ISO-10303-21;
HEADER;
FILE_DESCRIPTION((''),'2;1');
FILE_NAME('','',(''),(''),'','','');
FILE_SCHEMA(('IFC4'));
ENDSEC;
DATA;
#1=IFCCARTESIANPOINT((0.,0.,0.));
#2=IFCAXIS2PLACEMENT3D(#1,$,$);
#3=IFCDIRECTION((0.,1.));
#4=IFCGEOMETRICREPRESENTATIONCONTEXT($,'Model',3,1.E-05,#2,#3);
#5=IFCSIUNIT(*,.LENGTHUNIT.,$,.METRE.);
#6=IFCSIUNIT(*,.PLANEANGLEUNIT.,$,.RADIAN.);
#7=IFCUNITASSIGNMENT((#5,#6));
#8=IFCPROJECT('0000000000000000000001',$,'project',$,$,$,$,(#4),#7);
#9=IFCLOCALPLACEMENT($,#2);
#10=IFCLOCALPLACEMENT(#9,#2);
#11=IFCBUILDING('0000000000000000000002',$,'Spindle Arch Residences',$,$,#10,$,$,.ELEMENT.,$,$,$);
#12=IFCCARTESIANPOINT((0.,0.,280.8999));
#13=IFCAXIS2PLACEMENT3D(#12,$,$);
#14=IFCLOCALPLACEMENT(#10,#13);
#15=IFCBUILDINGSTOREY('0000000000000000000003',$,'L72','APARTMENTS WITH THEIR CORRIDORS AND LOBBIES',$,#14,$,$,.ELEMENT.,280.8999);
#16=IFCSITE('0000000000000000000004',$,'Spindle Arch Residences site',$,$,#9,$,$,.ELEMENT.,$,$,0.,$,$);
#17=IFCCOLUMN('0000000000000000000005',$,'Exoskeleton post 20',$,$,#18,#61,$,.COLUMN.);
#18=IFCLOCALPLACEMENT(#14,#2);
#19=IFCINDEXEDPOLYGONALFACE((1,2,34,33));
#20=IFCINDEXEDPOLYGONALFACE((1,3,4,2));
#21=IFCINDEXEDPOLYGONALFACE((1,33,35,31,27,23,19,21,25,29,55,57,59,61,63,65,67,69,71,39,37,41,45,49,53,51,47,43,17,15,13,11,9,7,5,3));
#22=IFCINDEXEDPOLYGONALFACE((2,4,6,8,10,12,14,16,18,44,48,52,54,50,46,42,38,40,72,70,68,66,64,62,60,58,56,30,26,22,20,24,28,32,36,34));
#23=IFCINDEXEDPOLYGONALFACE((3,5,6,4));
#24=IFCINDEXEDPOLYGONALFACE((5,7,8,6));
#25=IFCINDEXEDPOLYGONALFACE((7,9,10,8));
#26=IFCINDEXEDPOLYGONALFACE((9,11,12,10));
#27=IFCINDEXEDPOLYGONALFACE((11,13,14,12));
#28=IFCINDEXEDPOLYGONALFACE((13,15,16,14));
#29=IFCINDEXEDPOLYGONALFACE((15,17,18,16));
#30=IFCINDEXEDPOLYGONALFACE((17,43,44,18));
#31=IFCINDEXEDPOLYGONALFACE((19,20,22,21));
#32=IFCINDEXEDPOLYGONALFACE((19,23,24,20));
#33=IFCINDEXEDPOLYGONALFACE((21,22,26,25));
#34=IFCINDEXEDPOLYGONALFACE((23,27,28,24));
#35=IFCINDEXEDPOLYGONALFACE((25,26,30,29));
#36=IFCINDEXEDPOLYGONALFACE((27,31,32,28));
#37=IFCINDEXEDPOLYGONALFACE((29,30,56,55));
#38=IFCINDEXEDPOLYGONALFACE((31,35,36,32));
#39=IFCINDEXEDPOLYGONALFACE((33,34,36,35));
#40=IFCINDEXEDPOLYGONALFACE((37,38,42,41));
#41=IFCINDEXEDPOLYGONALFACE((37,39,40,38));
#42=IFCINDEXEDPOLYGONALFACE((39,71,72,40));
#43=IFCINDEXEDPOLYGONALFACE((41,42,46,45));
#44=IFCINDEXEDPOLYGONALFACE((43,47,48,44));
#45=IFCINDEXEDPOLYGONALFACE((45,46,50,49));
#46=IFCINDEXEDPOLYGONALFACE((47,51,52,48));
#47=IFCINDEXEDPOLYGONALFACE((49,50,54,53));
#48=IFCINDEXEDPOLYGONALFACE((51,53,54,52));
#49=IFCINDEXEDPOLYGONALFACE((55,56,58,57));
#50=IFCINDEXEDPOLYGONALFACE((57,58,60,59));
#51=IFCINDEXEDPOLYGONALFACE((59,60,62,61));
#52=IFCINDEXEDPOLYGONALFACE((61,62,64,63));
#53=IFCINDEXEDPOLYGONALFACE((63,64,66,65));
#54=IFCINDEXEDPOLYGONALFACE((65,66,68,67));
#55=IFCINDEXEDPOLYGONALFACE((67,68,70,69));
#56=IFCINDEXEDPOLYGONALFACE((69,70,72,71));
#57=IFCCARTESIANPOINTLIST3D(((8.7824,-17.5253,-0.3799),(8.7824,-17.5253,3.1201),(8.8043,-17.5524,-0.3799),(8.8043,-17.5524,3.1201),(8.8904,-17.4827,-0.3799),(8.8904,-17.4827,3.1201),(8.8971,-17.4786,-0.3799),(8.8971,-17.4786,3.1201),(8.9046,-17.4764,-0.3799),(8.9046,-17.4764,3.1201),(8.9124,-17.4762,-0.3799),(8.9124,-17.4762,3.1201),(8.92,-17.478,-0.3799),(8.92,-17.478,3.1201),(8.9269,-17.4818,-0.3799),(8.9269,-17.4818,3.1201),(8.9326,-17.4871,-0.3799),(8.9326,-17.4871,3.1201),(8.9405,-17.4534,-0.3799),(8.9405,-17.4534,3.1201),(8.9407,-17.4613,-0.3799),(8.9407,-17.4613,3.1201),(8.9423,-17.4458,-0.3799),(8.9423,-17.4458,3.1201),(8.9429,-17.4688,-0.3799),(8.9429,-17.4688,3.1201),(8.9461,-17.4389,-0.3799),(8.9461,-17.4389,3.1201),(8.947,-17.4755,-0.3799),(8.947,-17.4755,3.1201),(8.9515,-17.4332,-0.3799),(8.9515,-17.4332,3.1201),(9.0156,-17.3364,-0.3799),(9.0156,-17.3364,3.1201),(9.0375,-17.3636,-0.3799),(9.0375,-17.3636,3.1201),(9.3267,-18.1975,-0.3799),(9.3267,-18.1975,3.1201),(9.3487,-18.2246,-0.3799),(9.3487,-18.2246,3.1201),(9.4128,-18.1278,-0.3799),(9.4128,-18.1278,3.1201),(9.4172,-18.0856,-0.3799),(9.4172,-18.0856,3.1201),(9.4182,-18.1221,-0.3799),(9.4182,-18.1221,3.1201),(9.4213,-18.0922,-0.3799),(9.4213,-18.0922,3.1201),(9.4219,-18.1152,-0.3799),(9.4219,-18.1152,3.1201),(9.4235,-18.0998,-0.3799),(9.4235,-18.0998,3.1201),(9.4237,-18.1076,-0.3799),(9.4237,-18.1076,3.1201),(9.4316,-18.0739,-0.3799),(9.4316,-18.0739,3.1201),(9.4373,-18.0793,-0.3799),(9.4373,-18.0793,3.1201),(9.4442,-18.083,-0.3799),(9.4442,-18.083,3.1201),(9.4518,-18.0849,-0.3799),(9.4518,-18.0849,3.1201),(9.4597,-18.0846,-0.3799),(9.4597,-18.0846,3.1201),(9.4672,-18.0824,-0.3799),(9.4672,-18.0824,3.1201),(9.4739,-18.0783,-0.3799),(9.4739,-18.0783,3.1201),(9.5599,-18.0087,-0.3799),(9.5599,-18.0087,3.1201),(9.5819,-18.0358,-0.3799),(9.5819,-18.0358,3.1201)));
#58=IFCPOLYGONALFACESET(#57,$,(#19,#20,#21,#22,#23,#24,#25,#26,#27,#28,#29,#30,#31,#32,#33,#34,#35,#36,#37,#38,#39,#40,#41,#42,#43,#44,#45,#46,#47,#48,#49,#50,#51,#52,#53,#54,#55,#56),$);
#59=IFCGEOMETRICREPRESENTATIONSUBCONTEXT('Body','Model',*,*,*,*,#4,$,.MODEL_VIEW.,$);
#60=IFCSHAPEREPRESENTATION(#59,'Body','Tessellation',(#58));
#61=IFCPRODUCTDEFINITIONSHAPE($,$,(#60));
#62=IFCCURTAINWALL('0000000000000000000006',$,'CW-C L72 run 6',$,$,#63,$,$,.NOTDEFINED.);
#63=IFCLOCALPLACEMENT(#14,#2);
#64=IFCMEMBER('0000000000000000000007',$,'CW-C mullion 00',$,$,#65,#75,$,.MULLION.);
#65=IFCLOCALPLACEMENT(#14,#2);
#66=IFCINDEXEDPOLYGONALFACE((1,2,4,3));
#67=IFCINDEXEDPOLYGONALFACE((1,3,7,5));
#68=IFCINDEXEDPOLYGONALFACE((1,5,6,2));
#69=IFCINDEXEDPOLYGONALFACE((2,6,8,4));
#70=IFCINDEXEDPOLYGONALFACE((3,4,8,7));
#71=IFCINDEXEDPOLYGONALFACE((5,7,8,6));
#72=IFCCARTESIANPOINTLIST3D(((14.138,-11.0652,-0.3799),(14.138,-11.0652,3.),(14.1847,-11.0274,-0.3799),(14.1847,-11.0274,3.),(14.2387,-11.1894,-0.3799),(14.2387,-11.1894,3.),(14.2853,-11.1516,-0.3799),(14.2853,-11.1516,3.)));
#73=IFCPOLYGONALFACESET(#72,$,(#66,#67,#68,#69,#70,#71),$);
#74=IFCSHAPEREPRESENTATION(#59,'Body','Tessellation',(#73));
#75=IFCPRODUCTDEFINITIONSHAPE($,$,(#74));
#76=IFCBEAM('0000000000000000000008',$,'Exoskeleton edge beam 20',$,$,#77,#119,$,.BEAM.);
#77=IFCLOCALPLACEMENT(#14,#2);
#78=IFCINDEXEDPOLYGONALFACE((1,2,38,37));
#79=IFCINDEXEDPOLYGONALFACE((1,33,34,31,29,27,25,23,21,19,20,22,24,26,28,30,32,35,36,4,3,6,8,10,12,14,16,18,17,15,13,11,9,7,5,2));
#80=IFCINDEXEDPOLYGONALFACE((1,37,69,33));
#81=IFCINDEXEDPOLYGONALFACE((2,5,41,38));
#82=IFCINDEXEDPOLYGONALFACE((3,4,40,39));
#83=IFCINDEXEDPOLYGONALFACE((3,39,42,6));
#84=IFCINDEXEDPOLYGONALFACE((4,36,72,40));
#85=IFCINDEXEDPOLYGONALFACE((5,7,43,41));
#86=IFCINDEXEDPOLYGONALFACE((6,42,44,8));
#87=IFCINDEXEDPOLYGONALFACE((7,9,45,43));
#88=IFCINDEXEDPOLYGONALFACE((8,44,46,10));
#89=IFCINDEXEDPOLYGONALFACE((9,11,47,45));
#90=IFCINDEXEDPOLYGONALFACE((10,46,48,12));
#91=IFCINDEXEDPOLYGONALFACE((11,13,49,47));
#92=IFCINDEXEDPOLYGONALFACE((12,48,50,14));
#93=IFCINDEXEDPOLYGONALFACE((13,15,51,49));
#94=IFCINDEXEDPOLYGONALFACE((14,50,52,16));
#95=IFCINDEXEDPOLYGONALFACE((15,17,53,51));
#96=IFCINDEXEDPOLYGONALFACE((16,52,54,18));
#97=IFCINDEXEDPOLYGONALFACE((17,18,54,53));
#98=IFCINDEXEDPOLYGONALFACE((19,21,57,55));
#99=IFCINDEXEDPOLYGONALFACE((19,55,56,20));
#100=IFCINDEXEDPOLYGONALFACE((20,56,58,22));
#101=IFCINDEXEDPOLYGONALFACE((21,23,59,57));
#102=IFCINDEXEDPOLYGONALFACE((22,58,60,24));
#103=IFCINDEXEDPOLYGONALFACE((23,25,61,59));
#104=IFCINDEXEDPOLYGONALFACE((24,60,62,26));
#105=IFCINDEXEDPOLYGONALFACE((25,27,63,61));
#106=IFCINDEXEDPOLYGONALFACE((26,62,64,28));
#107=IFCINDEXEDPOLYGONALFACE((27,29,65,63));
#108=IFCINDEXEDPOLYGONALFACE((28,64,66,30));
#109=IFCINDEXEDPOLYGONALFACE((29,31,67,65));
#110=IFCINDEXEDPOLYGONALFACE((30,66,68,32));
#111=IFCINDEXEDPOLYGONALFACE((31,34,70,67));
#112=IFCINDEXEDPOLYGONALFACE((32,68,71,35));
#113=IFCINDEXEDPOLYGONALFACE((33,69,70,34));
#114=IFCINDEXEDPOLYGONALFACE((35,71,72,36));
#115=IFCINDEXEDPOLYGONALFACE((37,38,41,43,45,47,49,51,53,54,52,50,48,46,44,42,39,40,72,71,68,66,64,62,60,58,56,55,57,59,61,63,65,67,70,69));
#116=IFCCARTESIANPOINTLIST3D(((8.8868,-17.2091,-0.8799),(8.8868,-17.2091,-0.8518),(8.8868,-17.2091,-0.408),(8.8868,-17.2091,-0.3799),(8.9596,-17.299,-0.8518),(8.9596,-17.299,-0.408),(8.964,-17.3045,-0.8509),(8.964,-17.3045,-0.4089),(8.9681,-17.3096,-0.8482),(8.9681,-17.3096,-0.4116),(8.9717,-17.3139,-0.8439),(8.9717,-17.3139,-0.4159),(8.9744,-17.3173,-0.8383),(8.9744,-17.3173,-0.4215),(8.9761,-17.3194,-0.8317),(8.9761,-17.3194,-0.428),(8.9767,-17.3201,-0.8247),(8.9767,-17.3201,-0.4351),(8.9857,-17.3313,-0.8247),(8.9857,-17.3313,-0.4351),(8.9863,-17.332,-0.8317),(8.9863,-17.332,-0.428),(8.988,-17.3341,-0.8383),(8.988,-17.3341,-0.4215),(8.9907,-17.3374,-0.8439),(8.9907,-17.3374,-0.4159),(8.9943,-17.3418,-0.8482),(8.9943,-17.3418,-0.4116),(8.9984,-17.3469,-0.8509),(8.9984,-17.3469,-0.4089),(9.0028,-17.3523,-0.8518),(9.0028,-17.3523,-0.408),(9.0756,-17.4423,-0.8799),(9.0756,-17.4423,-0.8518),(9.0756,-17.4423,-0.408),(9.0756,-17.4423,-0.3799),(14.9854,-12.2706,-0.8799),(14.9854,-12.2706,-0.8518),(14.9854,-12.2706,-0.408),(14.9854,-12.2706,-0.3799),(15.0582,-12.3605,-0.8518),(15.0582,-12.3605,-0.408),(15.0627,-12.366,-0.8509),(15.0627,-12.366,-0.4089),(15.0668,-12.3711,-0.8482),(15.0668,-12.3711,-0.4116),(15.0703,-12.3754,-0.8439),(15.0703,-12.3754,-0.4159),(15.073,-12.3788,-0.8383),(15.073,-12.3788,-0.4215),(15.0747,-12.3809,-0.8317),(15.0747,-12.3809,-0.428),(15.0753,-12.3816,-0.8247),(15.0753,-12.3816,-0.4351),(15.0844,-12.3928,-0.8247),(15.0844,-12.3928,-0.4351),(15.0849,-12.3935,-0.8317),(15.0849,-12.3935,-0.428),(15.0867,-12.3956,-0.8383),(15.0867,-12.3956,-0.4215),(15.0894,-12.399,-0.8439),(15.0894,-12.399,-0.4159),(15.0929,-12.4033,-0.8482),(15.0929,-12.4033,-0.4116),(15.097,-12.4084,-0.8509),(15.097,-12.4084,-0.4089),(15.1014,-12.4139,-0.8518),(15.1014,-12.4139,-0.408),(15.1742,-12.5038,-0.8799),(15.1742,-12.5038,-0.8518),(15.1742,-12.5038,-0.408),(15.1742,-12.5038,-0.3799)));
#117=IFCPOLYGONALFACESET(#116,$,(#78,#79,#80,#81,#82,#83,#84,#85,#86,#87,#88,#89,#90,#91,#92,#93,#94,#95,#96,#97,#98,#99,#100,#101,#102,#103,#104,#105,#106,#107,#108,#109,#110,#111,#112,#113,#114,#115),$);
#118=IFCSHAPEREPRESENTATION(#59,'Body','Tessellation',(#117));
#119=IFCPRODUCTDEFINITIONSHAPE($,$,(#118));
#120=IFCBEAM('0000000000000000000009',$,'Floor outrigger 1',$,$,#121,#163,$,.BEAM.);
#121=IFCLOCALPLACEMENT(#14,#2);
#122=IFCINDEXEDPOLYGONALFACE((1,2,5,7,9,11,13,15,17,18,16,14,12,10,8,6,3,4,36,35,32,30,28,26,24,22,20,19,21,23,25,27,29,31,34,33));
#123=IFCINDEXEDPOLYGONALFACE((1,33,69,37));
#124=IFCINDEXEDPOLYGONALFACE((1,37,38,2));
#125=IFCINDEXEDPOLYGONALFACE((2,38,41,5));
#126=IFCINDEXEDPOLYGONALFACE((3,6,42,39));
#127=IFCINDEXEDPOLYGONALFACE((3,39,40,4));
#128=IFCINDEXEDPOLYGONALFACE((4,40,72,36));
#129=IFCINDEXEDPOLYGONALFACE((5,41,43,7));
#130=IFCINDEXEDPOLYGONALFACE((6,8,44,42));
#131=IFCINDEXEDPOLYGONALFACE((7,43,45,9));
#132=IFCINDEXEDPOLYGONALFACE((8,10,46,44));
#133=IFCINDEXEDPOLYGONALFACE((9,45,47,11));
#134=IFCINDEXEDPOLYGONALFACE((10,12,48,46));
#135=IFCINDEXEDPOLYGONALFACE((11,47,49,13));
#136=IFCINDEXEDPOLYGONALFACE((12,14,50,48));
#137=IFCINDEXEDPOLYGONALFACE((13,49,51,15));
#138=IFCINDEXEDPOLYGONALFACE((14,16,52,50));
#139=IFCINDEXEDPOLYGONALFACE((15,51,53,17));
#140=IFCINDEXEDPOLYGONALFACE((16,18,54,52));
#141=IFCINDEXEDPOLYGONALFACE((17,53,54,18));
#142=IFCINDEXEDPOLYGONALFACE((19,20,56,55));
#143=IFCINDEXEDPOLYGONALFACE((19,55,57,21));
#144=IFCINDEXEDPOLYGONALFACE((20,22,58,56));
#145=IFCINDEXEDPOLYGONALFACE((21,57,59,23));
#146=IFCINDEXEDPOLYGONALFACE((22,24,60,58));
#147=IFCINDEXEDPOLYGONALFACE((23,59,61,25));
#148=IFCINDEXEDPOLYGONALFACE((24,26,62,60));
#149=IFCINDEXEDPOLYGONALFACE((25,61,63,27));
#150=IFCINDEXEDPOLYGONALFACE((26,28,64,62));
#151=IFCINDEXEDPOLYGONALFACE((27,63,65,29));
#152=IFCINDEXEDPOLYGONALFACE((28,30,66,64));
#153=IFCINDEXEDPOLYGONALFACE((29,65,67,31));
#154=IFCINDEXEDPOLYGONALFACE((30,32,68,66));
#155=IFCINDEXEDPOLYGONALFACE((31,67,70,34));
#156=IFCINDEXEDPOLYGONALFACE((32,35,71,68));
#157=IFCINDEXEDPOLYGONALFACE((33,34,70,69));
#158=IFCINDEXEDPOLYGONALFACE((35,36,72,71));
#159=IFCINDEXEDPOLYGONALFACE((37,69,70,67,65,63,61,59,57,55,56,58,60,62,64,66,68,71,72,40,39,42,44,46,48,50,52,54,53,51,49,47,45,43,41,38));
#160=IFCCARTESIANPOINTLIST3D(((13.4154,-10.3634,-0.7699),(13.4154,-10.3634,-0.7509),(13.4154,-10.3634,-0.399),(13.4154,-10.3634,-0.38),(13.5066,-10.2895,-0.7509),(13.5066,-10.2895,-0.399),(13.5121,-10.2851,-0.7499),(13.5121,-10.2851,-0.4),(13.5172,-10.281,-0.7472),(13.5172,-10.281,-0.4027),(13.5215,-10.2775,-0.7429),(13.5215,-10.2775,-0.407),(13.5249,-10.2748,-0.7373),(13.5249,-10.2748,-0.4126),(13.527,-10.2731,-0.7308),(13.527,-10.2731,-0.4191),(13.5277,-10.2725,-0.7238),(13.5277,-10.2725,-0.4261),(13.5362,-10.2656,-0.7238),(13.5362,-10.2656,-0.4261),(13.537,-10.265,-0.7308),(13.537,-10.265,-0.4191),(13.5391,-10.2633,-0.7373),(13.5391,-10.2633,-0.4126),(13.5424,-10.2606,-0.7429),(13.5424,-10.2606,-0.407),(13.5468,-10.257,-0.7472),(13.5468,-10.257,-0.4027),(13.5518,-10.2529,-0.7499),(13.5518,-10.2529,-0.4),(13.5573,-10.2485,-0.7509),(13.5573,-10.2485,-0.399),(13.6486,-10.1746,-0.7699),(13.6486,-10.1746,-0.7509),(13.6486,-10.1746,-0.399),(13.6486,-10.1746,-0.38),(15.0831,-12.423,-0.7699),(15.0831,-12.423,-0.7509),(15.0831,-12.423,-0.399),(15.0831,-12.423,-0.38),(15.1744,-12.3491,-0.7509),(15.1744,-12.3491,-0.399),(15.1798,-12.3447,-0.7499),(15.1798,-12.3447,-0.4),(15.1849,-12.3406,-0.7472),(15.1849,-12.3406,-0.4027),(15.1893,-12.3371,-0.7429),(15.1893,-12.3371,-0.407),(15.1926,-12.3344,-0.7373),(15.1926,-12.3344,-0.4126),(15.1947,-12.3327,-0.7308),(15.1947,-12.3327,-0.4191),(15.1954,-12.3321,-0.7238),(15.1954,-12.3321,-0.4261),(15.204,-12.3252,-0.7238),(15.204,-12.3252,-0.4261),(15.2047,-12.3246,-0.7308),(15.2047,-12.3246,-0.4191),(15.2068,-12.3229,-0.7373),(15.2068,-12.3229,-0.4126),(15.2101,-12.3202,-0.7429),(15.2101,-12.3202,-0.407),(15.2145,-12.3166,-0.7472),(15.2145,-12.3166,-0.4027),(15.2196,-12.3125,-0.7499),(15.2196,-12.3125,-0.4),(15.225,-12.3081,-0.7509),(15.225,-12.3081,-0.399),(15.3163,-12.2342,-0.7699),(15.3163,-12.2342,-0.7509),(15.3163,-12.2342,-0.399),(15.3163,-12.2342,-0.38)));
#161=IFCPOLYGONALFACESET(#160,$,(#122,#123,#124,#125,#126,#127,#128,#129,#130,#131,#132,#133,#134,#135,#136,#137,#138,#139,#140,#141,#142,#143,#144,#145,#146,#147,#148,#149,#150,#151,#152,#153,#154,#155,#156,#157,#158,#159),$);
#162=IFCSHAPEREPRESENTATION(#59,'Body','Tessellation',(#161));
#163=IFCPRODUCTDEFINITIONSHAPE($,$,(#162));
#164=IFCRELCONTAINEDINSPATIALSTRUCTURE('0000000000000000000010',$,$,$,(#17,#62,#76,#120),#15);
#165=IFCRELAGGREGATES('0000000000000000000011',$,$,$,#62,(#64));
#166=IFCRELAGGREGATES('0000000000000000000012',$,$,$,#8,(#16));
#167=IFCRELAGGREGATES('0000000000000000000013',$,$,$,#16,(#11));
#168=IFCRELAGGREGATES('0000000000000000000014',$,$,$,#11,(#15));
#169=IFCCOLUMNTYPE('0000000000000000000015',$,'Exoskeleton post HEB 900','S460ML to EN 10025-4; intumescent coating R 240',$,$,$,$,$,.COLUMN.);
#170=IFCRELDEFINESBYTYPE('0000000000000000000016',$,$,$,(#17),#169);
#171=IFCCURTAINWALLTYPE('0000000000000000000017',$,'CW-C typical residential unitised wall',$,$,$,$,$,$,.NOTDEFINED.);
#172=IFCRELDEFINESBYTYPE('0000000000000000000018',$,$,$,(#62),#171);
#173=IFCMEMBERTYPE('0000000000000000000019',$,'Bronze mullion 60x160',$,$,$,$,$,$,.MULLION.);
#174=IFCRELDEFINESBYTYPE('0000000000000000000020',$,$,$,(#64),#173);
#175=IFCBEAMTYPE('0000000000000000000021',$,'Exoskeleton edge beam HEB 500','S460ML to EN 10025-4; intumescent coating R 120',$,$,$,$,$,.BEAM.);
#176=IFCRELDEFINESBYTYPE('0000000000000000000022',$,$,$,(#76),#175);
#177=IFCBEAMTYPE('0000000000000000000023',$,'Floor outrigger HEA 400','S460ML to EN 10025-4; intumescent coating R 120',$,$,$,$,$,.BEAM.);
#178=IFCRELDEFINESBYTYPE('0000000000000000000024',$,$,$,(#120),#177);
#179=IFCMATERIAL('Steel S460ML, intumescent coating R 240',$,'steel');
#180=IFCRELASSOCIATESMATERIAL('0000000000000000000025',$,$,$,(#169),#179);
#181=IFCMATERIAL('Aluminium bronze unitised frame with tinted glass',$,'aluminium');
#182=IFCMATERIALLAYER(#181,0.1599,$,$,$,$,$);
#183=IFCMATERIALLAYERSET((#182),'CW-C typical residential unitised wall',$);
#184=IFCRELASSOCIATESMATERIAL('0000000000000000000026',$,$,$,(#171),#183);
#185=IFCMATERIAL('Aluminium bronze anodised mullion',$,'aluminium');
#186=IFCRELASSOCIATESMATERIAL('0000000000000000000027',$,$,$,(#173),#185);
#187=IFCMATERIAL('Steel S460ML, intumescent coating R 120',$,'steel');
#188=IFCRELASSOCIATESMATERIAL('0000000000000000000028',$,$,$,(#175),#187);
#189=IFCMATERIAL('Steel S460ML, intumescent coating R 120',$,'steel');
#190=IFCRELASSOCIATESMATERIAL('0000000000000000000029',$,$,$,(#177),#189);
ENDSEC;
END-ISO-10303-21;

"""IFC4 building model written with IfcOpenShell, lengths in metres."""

from ifc_helpers import new_model, si_unit, direction, frame, origin, origin_2d, place, context, subcontext, project, spatial, rectangle, i_section, extrude, material, layer, layer_set, material_profile, profile_set, type_object, element, aggregate, save


model = new_model("IFC4")

# Units and contexts
model_context = context("Model", 3, precision=1e-05, world=origin(), true_north=direction((0.0, 1.0)))
body_context = subcontext(model_context, "Body", "Model", "MODEL_VIEW")
ifc_project = project(units=[si_unit("LENGTHUNIT", "METRE"), si_unit("PLANEANGLEUNIT", "RADIAN")], contexts=[model_context])

# Site, building, storey
site_placement = place(None, origin())
site = spatial("IfcSite", under=ifc_project, at=site_placement, Name="Spindle Arch Residences site", CompositionType="ELEMENT", RefElevation=0.0)
building_placement = place(site_placement, origin())
building = spatial("IfcBuilding", under=site, at=building_placement, Name="Spindle Arch Residences", CompositionType="ELEMENT")
storey_placement = place(building_placement, frame((0.0, 0.0, 280.8999)))
storey = spatial("IfcBuildingStorey", under=building, at=storey_placement, Name="L72", Description="APARTMENTS WITH THEIR CORRIDORS AND LOBBIES", CompositionType="ELEMENT", Elevation=280.8999)

# Column
ifc_material_1 = material(Name="Steel S460ML, intumescent coating R 240", Category="steel")
ifc_material_profile_1 = material_profile(ifc_material_1, i_section(OverallWidth=0.3, OverallDepth=0.8999, WebThickness=0.0186, FlangeThickness=0.0349, FilletRadius=0.03, at=origin_2d()), Name="HEB 900")
ifc_profile_set_1 = profile_set([ifc_material_profile_1], Name="Steel S460ML, intumescent coating R 240")
column_type = type_object("IfcColumnType", Name="Exoskeleton post HEB 900", Description="S460ML to EN 10025-4; intumescent coating R 240", PredefinedType="COLUMN", material=ifc_profile_set_1)
column_placement = place(storey_placement, frame((9.1821, -17.7805, -0.3799), z_axis=(0.0, 0.0, 1.0), x_axis=(-0.777146, -0.62932, 0.0)))
element("IfcColumn", 1, at=column_placement, inside=storey, type_object=column_type, Name="Exoskeleton post 20", PredefinedType="COLUMN", context=body_context, shape_type="SweptSolid", body=[
    extrude(i_section(OverallWidth=0.3, OverallDepth=0.8999, WebThickness=0.0186, FlangeThickness=0.0349, FilletRadius=0.03, at=origin_2d()), origin(), (0.0, 0.0, 1.0), 3.5),
])

# Curtain wall, member
ifc_material_2 = material(Name="Aluminium bronze unitised frame with tinted glass", Category="aluminium")
ifc_layer_1 = layer(ifc_material_2, 0.1599)
ifc_layer_set_1 = layer_set([ifc_layer_1], Name="CW-C typical residential unitised wall")
curtain_wall_type = type_object("IfcCurtainWallType", Name="CW-C typical residential unitised wall", PredefinedType="NOTDEFINED", material=ifc_layer_set_1)
curtain_wall_placement = place(storey_placement, origin())
curtain_wall = element("IfcCurtainWall", 2, at=curtain_wall_placement, inside=storey, type_object=curtain_wall_type, Name="CW-C L72 run 6", PredefinedType="NOTDEFINED")
ifc_material_3 = material(Name="Aluminium bronze anodised mullion", Category="aluminium")
ifc_material_profile_2 = material_profile(ifc_material_3, rectangle(XDim=0.1599, YDim=0.0601, at=origin_2d()), Name="MU 60x160")
ifc_profile_set_2 = profile_set([ifc_material_profile_2], Name="Aluminium bronze anodised mullion")
member_type = type_object("IfcMemberType", Name="Bronze mullion 60x160", PredefinedType="MULLION", material=ifc_profile_set_2)
member_placement = place(storey_placement, frame((14.2117, -11.1084, -0.3799), z_axis=(0.0, 0.0, 1.0), x_axis=(-0.62932, 0.777146, 0.0)))
member = element("IfcMember", 3, at=member_placement, type_object=member_type, Name="CW-C mullion 00", PredefinedType="MULLION", context=body_context, shape_type="SweptSolid", body=[
    extrude(rectangle(XDim=0.1599, YDim=0.0601, at=origin_2d()), origin(), (0.0, 0.0, 1.0), 3.3799),
])

# Beams
ifc_material_4 = material(Name="Steel S460ML, intumescent coating R 120", Category="steel")
ifc_material_profile_3 = material_profile(ifc_material_4, i_section(OverallWidth=0.3, OverallDepth=0.5, WebThickness=0.0144, FlangeThickness=0.0281, FilletRadius=0.0271, at=origin_2d()), Name="HEB 500")
ifc_profile_set_3 = profile_set([ifc_material_profile_3], Name="Steel S460ML, intumescent coating R 120")
beam_type_1 = type_object("IfcBeamType", Name="Exoskeleton edge beam HEB 500", Description="S460ML to EN 10025-4; intumescent coating R 120", PredefinedType="BEAM", material=ifc_profile_set_3)
beam_placement = place(storey_placement, frame((8.9812, -17.3257, -0.6299), z_axis=(0.777152, 0.629313, 0.0), x_axis=(-0.629313, 0.777152, 0.0)))
element("IfcBeam", 4, at=beam_placement, inside=storey, type_object=beam_type_1, Name="Exoskeleton edge beam 20", PredefinedType="BEAM", context=body_context, shape_type="SweptSolid", body=[
    extrude(i_section(OverallWidth=0.3, OverallDepth=0.5, WebThickness=0.0144, FlangeThickness=0.0281, FilletRadius=0.0271, at=origin_2d()), origin(), (0.0, 0.0, 1.0), 7.8474),
])
ifc_material_5 = material(Name="Steel S460ML, intumescent coating R 120", Category="steel")
ifc_material_profile_4 = material_profile(ifc_material_5, i_section(OverallWidth=0.3, OverallDepth=0.3899, WebThickness=0.011, FlangeThickness=0.019, FilletRadius=0.0271, at=origin_2d()), Name="HEA 400")
ifc_profile_set_4 = profile_set([ifc_material_profile_4], Name="Steel S460ML, intumescent coating R 120")
beam_type_2 = type_object("IfcBeamType", Name="Floor outrigger HEA 400", Description="S460ML to EN 10025-4; intumescent coating R 120", PredefinedType="BEAM", material=ifc_profile_set_4)
for number, where, z_axis, x_axis, name in (
    (5, (15.1997, -12.3286, -0.575), (-0.629302, 0.777161, 0.0), (-0.777161, -0.629302, 0.0), "Floor outrigger 1"),
):
    element("IfcBeam", number, at=place(storey_placement, frame(where, z_axis=z_axis, x_axis=x_axis)), inside=storey, type_object=beam_type_2, Name=name, PredefinedType="BEAM", context=body_context, shape_type="SweptSolid", body=[
        extrude(i_section(OverallWidth=0.3, OverallDepth=0.3899, WebThickness=0.011, FlangeThickness=0.019, FilletRadius=0.0271, at=origin_2d()), origin(), (0.0, 0.0, 1.0), 2.6501),
    ])

aggregate(curtain_wall, [member])

save(model, "model.ifc")
